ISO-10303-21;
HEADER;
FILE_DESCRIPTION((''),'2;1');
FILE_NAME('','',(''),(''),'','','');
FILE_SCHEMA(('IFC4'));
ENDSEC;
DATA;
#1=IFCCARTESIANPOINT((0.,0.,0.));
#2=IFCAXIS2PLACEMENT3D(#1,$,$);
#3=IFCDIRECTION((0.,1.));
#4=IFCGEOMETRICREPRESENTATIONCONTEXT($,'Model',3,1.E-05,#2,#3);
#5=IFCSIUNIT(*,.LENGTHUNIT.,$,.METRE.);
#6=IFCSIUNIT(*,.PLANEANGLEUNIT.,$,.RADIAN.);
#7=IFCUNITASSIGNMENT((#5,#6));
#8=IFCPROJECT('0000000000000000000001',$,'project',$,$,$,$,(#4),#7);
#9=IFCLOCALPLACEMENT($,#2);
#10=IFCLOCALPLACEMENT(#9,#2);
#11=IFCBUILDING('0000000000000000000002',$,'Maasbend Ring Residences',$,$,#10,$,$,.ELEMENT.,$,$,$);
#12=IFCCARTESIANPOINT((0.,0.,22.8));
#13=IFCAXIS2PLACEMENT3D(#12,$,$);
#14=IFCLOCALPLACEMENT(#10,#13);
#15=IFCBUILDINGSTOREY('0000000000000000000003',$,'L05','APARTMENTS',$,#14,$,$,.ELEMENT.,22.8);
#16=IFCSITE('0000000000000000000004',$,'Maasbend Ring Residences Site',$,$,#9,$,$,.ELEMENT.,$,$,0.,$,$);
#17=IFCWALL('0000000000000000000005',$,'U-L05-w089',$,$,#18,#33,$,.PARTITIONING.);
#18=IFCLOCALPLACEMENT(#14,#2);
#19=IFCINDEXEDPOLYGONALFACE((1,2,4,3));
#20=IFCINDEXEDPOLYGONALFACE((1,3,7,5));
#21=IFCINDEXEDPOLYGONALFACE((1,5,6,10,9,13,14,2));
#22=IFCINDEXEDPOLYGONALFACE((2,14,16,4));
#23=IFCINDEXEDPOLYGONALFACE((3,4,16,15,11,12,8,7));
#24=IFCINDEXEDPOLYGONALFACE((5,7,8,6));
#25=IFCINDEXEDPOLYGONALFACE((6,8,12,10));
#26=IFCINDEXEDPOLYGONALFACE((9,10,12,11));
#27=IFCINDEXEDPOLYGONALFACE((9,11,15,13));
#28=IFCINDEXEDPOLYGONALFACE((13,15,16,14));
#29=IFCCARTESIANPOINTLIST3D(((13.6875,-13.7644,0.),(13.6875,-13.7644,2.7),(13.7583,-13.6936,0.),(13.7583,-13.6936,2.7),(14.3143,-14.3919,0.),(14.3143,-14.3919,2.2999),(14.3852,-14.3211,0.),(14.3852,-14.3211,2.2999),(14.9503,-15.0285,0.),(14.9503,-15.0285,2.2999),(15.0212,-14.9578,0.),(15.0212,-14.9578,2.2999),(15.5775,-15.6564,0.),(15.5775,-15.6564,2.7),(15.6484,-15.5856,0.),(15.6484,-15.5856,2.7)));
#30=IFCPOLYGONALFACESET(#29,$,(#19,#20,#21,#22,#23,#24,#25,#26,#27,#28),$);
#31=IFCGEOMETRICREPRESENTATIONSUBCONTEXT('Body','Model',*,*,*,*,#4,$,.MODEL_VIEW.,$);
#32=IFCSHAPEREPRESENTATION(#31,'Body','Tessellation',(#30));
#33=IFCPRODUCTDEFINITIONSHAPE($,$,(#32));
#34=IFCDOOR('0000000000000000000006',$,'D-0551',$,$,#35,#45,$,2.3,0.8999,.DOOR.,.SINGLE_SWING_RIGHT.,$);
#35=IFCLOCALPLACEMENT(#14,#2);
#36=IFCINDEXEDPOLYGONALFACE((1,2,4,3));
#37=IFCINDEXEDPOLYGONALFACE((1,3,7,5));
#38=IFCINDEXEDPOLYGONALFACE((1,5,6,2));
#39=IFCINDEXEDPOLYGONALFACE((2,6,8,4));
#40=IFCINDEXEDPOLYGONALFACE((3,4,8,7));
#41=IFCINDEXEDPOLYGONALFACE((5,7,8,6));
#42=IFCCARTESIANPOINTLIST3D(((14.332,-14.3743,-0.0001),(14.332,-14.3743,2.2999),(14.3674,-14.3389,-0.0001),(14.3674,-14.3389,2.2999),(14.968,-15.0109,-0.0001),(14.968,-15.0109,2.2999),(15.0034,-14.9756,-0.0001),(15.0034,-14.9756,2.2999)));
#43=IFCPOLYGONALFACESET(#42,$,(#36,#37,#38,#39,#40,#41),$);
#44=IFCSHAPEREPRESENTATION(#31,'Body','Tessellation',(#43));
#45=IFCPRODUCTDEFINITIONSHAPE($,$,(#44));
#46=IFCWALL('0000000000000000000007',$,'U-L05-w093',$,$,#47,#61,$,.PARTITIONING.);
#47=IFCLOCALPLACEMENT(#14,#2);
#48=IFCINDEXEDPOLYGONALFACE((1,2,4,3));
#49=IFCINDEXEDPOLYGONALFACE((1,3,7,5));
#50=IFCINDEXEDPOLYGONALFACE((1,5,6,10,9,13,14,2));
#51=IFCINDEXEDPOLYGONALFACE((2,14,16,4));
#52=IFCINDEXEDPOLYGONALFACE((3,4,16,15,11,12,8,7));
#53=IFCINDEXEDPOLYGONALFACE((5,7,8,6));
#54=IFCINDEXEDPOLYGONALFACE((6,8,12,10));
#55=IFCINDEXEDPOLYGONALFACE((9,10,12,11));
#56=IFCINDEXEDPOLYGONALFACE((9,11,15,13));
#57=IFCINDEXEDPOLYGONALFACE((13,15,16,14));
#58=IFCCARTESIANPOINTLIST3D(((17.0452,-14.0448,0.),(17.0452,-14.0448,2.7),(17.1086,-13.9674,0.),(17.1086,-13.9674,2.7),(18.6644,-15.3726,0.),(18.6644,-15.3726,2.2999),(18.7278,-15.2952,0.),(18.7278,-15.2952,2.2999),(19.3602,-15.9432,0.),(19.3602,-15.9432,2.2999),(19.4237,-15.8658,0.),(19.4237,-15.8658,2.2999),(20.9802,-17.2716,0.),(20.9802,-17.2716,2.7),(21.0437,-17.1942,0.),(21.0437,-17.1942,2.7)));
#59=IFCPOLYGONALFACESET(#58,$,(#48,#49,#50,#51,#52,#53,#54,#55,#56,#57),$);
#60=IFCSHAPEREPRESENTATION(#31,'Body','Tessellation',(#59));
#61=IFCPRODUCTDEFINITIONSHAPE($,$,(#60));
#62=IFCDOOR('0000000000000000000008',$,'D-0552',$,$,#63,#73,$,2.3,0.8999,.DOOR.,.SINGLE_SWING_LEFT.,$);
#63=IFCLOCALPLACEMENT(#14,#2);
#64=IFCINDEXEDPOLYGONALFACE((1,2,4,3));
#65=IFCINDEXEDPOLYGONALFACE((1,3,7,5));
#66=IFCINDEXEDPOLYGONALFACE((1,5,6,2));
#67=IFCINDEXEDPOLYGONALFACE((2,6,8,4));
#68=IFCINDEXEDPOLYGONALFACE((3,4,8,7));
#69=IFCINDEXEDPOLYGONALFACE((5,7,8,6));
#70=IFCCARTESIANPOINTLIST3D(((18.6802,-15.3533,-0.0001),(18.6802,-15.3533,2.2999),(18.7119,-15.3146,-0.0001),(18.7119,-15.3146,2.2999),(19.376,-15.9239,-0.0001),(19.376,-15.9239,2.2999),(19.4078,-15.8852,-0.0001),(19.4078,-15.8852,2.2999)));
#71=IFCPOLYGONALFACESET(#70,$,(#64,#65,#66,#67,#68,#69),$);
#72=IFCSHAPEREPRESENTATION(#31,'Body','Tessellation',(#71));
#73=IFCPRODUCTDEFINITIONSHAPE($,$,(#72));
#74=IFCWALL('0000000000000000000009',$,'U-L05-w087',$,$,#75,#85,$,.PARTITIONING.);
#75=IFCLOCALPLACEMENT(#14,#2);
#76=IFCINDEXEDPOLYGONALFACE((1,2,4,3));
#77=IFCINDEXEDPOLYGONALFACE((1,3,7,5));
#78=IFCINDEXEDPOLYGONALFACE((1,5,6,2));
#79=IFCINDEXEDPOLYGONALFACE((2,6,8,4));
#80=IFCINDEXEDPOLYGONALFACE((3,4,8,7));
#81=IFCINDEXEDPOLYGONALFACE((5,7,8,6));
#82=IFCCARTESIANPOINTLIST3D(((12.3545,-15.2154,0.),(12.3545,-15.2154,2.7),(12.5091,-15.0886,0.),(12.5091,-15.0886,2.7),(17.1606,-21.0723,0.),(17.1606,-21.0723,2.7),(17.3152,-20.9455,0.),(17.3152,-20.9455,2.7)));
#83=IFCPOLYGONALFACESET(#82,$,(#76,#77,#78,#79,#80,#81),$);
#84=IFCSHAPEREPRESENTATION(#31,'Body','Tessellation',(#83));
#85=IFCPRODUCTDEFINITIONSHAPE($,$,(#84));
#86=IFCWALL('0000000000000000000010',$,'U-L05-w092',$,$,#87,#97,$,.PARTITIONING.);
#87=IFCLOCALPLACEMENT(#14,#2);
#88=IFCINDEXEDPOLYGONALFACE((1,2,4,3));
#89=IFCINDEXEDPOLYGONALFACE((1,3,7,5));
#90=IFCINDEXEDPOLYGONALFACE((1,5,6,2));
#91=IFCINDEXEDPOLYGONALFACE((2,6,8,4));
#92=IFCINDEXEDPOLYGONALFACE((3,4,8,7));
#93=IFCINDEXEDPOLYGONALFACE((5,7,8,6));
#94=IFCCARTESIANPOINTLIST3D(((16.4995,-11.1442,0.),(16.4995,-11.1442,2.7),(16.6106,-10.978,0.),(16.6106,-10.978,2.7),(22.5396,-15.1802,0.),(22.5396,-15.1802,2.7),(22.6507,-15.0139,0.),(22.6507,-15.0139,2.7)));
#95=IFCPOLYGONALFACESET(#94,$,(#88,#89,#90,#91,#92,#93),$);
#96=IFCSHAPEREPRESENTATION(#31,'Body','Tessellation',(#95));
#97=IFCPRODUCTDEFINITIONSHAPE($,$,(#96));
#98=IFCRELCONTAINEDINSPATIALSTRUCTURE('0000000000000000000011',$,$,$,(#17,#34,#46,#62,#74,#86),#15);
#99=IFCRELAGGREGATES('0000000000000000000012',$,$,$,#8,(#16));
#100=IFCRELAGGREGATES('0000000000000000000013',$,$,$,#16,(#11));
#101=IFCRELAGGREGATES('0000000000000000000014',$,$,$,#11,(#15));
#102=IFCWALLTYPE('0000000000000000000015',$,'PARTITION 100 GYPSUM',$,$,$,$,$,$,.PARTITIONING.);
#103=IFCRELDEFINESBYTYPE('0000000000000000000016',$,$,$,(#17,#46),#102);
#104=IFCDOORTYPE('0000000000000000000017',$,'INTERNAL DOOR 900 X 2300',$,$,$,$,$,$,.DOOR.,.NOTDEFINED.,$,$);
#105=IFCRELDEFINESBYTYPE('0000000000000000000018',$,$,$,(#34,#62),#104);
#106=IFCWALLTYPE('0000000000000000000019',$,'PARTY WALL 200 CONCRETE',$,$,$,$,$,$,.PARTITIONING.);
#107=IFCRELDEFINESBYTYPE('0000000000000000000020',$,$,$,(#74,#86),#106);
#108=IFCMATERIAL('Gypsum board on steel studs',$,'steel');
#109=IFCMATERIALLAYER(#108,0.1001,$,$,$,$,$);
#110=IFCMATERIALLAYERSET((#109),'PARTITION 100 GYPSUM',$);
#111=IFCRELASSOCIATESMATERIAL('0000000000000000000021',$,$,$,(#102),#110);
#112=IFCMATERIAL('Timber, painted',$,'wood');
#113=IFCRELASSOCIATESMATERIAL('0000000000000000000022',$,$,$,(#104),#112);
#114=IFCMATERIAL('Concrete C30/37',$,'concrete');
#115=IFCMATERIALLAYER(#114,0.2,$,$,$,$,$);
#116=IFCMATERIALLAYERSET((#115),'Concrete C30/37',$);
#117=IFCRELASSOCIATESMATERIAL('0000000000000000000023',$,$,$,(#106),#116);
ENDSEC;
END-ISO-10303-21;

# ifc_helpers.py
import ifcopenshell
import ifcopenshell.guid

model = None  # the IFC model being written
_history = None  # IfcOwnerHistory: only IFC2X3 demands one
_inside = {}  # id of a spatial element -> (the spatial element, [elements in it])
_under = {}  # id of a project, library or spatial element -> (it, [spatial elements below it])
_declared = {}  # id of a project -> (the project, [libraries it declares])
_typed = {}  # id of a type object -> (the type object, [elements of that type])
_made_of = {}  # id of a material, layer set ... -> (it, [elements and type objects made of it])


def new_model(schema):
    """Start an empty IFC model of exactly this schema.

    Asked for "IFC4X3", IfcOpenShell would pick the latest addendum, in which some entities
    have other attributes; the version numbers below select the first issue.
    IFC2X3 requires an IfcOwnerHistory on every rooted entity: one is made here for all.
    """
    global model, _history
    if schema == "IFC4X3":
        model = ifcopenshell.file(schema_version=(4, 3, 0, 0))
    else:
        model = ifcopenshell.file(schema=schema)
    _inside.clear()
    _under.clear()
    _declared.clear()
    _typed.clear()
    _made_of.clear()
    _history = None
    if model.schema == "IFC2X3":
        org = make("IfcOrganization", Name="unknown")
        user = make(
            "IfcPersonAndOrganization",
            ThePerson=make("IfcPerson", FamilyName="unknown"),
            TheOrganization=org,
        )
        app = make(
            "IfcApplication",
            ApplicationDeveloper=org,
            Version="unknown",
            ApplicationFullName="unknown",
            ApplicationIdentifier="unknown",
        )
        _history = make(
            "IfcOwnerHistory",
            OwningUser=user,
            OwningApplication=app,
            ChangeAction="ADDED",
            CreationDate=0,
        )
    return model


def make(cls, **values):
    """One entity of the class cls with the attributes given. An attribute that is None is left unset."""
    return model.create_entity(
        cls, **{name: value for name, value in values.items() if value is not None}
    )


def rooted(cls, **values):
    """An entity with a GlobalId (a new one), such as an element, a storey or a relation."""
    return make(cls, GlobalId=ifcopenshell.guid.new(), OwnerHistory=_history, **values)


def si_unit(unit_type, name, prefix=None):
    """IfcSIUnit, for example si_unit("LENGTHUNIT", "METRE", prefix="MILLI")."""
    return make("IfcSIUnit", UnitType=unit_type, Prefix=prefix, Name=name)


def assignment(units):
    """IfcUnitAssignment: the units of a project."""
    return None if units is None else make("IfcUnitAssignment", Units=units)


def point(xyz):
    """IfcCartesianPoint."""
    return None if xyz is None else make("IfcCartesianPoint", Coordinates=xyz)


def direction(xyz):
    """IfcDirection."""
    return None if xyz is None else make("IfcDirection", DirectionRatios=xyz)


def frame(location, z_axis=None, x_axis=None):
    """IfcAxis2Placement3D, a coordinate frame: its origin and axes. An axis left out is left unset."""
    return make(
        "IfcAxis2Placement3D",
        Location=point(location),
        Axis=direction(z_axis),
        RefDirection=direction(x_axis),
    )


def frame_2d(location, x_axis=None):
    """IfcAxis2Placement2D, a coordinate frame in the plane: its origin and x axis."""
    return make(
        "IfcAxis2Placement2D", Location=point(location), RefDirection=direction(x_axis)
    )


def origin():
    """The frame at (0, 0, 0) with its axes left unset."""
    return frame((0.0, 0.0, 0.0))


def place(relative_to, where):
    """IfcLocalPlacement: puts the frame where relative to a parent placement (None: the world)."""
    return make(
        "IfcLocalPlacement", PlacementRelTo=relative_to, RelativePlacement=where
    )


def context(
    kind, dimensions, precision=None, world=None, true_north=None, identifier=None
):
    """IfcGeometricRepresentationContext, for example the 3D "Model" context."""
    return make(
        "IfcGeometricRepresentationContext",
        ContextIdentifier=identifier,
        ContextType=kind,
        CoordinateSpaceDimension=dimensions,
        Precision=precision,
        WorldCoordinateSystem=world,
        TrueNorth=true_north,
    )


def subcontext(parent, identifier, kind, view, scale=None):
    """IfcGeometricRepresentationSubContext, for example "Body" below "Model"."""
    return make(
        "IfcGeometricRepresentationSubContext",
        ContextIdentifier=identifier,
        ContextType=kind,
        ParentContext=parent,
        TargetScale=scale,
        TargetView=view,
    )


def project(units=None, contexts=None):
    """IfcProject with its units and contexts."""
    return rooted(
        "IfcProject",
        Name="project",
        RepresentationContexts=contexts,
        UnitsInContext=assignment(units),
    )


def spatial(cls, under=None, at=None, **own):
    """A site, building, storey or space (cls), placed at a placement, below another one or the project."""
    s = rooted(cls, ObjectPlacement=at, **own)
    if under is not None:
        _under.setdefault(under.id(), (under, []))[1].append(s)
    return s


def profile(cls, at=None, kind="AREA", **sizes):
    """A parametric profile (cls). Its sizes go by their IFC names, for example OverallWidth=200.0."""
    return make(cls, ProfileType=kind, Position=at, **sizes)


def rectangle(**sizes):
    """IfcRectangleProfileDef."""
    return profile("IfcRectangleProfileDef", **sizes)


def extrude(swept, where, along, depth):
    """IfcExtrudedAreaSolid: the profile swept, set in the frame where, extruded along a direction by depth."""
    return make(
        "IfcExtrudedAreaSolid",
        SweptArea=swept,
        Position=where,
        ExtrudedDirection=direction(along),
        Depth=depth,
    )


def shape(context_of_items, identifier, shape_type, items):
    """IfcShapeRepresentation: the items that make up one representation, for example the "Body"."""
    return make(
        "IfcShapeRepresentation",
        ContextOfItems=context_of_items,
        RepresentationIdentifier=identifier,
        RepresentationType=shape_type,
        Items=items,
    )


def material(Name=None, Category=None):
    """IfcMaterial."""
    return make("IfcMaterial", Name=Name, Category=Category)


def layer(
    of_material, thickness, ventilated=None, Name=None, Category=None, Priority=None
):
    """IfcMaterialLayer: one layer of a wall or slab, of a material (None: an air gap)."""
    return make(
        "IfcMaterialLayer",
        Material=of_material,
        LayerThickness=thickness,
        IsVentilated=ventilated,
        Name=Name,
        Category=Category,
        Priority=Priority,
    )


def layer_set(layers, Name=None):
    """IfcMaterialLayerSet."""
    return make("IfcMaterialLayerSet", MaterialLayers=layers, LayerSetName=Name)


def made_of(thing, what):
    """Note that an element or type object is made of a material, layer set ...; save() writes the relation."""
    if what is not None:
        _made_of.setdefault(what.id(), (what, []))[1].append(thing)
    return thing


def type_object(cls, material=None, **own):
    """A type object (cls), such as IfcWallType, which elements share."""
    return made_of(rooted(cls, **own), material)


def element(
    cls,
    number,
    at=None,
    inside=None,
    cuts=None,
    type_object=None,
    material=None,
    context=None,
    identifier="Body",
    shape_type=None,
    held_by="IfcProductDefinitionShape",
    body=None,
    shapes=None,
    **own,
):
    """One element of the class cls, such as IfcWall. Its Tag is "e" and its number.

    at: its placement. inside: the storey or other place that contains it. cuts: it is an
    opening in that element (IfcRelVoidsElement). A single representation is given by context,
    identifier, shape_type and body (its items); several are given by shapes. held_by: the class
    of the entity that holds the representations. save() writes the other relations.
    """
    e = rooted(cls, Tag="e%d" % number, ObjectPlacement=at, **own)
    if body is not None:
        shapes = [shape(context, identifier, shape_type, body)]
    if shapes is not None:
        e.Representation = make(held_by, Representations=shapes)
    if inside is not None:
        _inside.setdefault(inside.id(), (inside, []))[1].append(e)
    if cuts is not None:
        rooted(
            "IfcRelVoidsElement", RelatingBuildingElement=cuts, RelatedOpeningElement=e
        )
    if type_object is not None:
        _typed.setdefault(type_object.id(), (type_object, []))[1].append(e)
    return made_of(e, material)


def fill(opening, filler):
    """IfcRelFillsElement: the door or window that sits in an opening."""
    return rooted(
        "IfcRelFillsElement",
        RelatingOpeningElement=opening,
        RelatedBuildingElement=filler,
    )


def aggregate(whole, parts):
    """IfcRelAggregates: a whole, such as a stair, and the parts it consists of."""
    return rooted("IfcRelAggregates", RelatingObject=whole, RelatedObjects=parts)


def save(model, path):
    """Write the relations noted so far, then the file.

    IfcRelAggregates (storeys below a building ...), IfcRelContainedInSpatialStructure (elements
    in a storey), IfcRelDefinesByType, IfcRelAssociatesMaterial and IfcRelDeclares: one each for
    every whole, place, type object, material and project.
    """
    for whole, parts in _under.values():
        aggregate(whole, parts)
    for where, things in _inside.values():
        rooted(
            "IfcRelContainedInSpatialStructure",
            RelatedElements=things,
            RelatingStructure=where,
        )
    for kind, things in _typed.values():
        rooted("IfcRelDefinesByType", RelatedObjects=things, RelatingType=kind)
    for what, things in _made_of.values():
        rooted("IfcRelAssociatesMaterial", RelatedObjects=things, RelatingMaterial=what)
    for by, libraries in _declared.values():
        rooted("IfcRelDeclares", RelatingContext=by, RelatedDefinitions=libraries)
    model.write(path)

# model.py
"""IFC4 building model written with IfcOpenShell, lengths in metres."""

from ifc_helpers import new_model, si_unit, direction, frame, frame_2d, origin, place, context, subcontext, project, spatial, rectangle, extrude, material, layer, layer_set, type_object, element, fill, save


model = new_model("IFC4")

# Units and contexts
model_context = context("Model", 3, precision=1e-05, world=origin(), true_north=direction((0.0, 1.0)))
body_context = subcontext(model_context, "Body", "Model", "MODEL_VIEW")
ifc_project = project(units=[si_unit("LENGTHUNIT", "METRE"), si_unit("PLANEANGLEUNIT", "RADIAN")], contexts=[model_context])

# Site, building, storey
site_placement = place(None, origin())
site = spatial("IfcSite", under=ifc_project, at=site_placement, Name="Maasbend Ring Residences Site", CompositionType="ELEMENT", RefElevation=0.0)
building_placement = place(site_placement, origin())
building = spatial("IfcBuilding", under=site, at=building_placement, Name="Maasbend Ring Residences", CompositionType="ELEMENT")
storey_placement = place(building_placement, frame((0.0, 0.0, 22.8)))
storey = spatial("IfcBuildingStorey", under=building, at=storey_placement, Name="L05", Description="APARTMENTS", CompositionType="ELEMENT", Elevation=22.8)

# Shared definitions
ifc_material_1 = material(Name="Gypsum board on steel studs", Category="steel")
ifc_layer_1 = layer(ifc_material_1, 0.1001)
ifc_layer_set_1 = layer_set([ifc_layer_1], Name="PARTITION 100 GYPSUM")
wall_type_1 = type_object("IfcWallType", Name="PARTITION 100 GYPSUM", PredefinedType="PARTITIONING", material=ifc_layer_set_1)

# Walls, openings, doors
ifc_material_2 = material(Name="Timber, painted", Category="wood")
door_type_1 = type_object("IfcDoorType", Name="INTERNAL DOOR 900 X 2300", OperationType="NOTDEFINED", PredefinedType="DOOR", material=ifc_material_2)
wall_1_placement = place(storey_placement, frame((13.7229, -13.729, 0.0), z_axis=(0.0, 0.0, 1.0), x_axis=(0.706742, -0.707472, 0.0)))
wall_1 = element("IfcWall", 1, at=wall_1_placement, inside=storey, type_object=wall_type_1, Name="U-L05-w089", PredefinedType="PARTITIONING", context=body_context, shape_type="SweptSolid", body=[
    extrude(rectangle(XDim=2.6743, YDim=0.1001, at=frame_2d((1.3372, 0.0))), origin(), (0.0, 0.0, 1.0), 2.7),
])
opening_1_placement = place(wall_1_placement, frame((0.887, 0.0, 0.0)))
opening_1 = element("IfcOpeningElement", 2, at=opening_1_placement, cuts=wall_1, PredefinedType="OPENING", context=body_context, shape_type="SweptSolid", body=[
    extrude(rectangle(XDim=0.8999, YDim=2.3, at=frame_2d((0.45, 1.1499))), frame((0.0, 0.0601, 0.0), z_axis=(0.0, -1.0, 0.0), x_axis=(1.0, 0.0, 0.0)), (0.0, 0.0, 1.0), 0.1201),
])
door_1_placement = place(opening_1_placement, origin())
door_1 = element("IfcDoor", 3, at=door_1_placement, inside=storey, type_object=door_type_1, Name="D-0551", OperationType="SINGLE_SWING_RIGHT", OverallHeight=2.3, OverallWidth=0.8999, PredefinedType="DOOR", context=body_context, shape_type="SweptSolid", body=[
    extrude(rectangle(XDim=0.8999, YDim=2.3, at=frame_2d((0.45, 1.1499))), frame((0.0, 0.0249, 0.0), z_axis=(0.0, -1.0, 0.0), x_axis=(1.0, 0.0, 0.0)), (0.0, 0.0, 1.0), 0.05),
])
fill(opening_1, door_1)
wall_2_placement = place(storey_placement, frame((17.0769, -14.0061, 0.0), z_axis=(0.0, 0.0, 1.0), x_axis=(0.773262, -0.634086, 0.0)))
wall_2 = element("IfcWall", 4, at=wall_2_placement, inside=storey, type_object=wall_type_1, Name="U-L05-w093", PredefinedType="PARTITIONING", context=body_context, shape_type="SweptSolid", body=[
    extrude(rectangle(XDim=5.0889, YDim=0.1001, at=frame_2d((2.5444, 0.0))), origin(), (0.0, 0.0, 1.0), 2.7),
])
opening_2_placement = place(wall_2_placement, frame((2.094, 0.0, 0.0)))
opening_2 = element("IfcOpeningElement", 5, at=opening_2_placement, cuts=wall_2, PredefinedType="OPENING", context=body_context, shape_type="SweptSolid", body=[
    extrude(rectangle(XDim=0.8999, YDim=2.3, at=frame_2d((0.45, 1.1499))), frame((0.0, 0.0601, 0.0), z_axis=(0.0, -1.0, 0.0), x_axis=(1.0, 0.0, 0.0)), (0.0, 0.0, 1.0), 0.1201),
])
door_2_placement = place(opening_2_placement, origin())
door_2 = element("IfcDoor", 6, at=door_2_placement, inside=storey, type_object=door_type_1, Name="D-0552", OperationType="SINGLE_SWING_LEFT", OverallHeight=2.3, OverallWidth=0.8999, PredefinedType="DOOR", context=body_context, shape_type="SweptSolid", body=[
    extrude(rectangle(XDim=0.8999, YDim=2.3, at=frame_2d((0.45, 1.1499))), frame((0.0, 0.0249, 0.0), z_axis=(0.0, -1.0, 0.0), x_axis=(1.0, 0.0, 0.0)), (0.0, 0.0, 1.0), 0.05),
])
fill(opening_2, door_2)

# Walls
ifc_material_3 = material(Name="Concrete C30/37", Category="concrete")
ifc_layer_2 = layer(ifc_material_3, 0.2)
ifc_layer_set_2 = layer_set([ifc_layer_2], Name="Concrete C30/37")
wall_type_2 = type_object("IfcWallType", Name="PARTY WALL 200 CONCRETE", PredefinedType="PARTITIONING", material=ifc_layer_set_2)
wall_3_placement = place(storey_placement, frame((12.4319, -15.1521, 0.0), z_axis=(0.0, 0.0, 1.0), x_axis=(0.634353, -0.773043, 0.0)))
element("IfcWall", 7, at=wall_3_placement, inside=storey, type_object=wall_type_2, Name="U-L05-w087", PredefinedType="PARTITIONING", context=body_context, shape_type="SweptSolid", body=[
    extrude(rectangle(XDim=7.5764, YDim=0.2, at=frame_2d((3.7881, 0.0))), origin(), (0.0, 0.0, 1.0), 2.7),
])
wall_4_placement = place(storey_placement, frame((16.5549, -11.061, 0.0), z_axis=(0.0, 0.0, 1.0), x_axis=(0.831466, -0.555576, 0.0)))
element("IfcWall", 8, at=wall_4_placement, inside=storey, type_object=wall_type_2, Name="U-L05-w092", PredefinedType="PARTITIONING", context=body_context, shape_type="SweptSolid", body=[
    extrude(rectangle(XDim=7.2644, YDim=0.2, at=frame_2d((3.6323, 0.0))), origin(), (0.0, 0.0, 1.0), 2.7),
])

save(model, "model.ifc")
